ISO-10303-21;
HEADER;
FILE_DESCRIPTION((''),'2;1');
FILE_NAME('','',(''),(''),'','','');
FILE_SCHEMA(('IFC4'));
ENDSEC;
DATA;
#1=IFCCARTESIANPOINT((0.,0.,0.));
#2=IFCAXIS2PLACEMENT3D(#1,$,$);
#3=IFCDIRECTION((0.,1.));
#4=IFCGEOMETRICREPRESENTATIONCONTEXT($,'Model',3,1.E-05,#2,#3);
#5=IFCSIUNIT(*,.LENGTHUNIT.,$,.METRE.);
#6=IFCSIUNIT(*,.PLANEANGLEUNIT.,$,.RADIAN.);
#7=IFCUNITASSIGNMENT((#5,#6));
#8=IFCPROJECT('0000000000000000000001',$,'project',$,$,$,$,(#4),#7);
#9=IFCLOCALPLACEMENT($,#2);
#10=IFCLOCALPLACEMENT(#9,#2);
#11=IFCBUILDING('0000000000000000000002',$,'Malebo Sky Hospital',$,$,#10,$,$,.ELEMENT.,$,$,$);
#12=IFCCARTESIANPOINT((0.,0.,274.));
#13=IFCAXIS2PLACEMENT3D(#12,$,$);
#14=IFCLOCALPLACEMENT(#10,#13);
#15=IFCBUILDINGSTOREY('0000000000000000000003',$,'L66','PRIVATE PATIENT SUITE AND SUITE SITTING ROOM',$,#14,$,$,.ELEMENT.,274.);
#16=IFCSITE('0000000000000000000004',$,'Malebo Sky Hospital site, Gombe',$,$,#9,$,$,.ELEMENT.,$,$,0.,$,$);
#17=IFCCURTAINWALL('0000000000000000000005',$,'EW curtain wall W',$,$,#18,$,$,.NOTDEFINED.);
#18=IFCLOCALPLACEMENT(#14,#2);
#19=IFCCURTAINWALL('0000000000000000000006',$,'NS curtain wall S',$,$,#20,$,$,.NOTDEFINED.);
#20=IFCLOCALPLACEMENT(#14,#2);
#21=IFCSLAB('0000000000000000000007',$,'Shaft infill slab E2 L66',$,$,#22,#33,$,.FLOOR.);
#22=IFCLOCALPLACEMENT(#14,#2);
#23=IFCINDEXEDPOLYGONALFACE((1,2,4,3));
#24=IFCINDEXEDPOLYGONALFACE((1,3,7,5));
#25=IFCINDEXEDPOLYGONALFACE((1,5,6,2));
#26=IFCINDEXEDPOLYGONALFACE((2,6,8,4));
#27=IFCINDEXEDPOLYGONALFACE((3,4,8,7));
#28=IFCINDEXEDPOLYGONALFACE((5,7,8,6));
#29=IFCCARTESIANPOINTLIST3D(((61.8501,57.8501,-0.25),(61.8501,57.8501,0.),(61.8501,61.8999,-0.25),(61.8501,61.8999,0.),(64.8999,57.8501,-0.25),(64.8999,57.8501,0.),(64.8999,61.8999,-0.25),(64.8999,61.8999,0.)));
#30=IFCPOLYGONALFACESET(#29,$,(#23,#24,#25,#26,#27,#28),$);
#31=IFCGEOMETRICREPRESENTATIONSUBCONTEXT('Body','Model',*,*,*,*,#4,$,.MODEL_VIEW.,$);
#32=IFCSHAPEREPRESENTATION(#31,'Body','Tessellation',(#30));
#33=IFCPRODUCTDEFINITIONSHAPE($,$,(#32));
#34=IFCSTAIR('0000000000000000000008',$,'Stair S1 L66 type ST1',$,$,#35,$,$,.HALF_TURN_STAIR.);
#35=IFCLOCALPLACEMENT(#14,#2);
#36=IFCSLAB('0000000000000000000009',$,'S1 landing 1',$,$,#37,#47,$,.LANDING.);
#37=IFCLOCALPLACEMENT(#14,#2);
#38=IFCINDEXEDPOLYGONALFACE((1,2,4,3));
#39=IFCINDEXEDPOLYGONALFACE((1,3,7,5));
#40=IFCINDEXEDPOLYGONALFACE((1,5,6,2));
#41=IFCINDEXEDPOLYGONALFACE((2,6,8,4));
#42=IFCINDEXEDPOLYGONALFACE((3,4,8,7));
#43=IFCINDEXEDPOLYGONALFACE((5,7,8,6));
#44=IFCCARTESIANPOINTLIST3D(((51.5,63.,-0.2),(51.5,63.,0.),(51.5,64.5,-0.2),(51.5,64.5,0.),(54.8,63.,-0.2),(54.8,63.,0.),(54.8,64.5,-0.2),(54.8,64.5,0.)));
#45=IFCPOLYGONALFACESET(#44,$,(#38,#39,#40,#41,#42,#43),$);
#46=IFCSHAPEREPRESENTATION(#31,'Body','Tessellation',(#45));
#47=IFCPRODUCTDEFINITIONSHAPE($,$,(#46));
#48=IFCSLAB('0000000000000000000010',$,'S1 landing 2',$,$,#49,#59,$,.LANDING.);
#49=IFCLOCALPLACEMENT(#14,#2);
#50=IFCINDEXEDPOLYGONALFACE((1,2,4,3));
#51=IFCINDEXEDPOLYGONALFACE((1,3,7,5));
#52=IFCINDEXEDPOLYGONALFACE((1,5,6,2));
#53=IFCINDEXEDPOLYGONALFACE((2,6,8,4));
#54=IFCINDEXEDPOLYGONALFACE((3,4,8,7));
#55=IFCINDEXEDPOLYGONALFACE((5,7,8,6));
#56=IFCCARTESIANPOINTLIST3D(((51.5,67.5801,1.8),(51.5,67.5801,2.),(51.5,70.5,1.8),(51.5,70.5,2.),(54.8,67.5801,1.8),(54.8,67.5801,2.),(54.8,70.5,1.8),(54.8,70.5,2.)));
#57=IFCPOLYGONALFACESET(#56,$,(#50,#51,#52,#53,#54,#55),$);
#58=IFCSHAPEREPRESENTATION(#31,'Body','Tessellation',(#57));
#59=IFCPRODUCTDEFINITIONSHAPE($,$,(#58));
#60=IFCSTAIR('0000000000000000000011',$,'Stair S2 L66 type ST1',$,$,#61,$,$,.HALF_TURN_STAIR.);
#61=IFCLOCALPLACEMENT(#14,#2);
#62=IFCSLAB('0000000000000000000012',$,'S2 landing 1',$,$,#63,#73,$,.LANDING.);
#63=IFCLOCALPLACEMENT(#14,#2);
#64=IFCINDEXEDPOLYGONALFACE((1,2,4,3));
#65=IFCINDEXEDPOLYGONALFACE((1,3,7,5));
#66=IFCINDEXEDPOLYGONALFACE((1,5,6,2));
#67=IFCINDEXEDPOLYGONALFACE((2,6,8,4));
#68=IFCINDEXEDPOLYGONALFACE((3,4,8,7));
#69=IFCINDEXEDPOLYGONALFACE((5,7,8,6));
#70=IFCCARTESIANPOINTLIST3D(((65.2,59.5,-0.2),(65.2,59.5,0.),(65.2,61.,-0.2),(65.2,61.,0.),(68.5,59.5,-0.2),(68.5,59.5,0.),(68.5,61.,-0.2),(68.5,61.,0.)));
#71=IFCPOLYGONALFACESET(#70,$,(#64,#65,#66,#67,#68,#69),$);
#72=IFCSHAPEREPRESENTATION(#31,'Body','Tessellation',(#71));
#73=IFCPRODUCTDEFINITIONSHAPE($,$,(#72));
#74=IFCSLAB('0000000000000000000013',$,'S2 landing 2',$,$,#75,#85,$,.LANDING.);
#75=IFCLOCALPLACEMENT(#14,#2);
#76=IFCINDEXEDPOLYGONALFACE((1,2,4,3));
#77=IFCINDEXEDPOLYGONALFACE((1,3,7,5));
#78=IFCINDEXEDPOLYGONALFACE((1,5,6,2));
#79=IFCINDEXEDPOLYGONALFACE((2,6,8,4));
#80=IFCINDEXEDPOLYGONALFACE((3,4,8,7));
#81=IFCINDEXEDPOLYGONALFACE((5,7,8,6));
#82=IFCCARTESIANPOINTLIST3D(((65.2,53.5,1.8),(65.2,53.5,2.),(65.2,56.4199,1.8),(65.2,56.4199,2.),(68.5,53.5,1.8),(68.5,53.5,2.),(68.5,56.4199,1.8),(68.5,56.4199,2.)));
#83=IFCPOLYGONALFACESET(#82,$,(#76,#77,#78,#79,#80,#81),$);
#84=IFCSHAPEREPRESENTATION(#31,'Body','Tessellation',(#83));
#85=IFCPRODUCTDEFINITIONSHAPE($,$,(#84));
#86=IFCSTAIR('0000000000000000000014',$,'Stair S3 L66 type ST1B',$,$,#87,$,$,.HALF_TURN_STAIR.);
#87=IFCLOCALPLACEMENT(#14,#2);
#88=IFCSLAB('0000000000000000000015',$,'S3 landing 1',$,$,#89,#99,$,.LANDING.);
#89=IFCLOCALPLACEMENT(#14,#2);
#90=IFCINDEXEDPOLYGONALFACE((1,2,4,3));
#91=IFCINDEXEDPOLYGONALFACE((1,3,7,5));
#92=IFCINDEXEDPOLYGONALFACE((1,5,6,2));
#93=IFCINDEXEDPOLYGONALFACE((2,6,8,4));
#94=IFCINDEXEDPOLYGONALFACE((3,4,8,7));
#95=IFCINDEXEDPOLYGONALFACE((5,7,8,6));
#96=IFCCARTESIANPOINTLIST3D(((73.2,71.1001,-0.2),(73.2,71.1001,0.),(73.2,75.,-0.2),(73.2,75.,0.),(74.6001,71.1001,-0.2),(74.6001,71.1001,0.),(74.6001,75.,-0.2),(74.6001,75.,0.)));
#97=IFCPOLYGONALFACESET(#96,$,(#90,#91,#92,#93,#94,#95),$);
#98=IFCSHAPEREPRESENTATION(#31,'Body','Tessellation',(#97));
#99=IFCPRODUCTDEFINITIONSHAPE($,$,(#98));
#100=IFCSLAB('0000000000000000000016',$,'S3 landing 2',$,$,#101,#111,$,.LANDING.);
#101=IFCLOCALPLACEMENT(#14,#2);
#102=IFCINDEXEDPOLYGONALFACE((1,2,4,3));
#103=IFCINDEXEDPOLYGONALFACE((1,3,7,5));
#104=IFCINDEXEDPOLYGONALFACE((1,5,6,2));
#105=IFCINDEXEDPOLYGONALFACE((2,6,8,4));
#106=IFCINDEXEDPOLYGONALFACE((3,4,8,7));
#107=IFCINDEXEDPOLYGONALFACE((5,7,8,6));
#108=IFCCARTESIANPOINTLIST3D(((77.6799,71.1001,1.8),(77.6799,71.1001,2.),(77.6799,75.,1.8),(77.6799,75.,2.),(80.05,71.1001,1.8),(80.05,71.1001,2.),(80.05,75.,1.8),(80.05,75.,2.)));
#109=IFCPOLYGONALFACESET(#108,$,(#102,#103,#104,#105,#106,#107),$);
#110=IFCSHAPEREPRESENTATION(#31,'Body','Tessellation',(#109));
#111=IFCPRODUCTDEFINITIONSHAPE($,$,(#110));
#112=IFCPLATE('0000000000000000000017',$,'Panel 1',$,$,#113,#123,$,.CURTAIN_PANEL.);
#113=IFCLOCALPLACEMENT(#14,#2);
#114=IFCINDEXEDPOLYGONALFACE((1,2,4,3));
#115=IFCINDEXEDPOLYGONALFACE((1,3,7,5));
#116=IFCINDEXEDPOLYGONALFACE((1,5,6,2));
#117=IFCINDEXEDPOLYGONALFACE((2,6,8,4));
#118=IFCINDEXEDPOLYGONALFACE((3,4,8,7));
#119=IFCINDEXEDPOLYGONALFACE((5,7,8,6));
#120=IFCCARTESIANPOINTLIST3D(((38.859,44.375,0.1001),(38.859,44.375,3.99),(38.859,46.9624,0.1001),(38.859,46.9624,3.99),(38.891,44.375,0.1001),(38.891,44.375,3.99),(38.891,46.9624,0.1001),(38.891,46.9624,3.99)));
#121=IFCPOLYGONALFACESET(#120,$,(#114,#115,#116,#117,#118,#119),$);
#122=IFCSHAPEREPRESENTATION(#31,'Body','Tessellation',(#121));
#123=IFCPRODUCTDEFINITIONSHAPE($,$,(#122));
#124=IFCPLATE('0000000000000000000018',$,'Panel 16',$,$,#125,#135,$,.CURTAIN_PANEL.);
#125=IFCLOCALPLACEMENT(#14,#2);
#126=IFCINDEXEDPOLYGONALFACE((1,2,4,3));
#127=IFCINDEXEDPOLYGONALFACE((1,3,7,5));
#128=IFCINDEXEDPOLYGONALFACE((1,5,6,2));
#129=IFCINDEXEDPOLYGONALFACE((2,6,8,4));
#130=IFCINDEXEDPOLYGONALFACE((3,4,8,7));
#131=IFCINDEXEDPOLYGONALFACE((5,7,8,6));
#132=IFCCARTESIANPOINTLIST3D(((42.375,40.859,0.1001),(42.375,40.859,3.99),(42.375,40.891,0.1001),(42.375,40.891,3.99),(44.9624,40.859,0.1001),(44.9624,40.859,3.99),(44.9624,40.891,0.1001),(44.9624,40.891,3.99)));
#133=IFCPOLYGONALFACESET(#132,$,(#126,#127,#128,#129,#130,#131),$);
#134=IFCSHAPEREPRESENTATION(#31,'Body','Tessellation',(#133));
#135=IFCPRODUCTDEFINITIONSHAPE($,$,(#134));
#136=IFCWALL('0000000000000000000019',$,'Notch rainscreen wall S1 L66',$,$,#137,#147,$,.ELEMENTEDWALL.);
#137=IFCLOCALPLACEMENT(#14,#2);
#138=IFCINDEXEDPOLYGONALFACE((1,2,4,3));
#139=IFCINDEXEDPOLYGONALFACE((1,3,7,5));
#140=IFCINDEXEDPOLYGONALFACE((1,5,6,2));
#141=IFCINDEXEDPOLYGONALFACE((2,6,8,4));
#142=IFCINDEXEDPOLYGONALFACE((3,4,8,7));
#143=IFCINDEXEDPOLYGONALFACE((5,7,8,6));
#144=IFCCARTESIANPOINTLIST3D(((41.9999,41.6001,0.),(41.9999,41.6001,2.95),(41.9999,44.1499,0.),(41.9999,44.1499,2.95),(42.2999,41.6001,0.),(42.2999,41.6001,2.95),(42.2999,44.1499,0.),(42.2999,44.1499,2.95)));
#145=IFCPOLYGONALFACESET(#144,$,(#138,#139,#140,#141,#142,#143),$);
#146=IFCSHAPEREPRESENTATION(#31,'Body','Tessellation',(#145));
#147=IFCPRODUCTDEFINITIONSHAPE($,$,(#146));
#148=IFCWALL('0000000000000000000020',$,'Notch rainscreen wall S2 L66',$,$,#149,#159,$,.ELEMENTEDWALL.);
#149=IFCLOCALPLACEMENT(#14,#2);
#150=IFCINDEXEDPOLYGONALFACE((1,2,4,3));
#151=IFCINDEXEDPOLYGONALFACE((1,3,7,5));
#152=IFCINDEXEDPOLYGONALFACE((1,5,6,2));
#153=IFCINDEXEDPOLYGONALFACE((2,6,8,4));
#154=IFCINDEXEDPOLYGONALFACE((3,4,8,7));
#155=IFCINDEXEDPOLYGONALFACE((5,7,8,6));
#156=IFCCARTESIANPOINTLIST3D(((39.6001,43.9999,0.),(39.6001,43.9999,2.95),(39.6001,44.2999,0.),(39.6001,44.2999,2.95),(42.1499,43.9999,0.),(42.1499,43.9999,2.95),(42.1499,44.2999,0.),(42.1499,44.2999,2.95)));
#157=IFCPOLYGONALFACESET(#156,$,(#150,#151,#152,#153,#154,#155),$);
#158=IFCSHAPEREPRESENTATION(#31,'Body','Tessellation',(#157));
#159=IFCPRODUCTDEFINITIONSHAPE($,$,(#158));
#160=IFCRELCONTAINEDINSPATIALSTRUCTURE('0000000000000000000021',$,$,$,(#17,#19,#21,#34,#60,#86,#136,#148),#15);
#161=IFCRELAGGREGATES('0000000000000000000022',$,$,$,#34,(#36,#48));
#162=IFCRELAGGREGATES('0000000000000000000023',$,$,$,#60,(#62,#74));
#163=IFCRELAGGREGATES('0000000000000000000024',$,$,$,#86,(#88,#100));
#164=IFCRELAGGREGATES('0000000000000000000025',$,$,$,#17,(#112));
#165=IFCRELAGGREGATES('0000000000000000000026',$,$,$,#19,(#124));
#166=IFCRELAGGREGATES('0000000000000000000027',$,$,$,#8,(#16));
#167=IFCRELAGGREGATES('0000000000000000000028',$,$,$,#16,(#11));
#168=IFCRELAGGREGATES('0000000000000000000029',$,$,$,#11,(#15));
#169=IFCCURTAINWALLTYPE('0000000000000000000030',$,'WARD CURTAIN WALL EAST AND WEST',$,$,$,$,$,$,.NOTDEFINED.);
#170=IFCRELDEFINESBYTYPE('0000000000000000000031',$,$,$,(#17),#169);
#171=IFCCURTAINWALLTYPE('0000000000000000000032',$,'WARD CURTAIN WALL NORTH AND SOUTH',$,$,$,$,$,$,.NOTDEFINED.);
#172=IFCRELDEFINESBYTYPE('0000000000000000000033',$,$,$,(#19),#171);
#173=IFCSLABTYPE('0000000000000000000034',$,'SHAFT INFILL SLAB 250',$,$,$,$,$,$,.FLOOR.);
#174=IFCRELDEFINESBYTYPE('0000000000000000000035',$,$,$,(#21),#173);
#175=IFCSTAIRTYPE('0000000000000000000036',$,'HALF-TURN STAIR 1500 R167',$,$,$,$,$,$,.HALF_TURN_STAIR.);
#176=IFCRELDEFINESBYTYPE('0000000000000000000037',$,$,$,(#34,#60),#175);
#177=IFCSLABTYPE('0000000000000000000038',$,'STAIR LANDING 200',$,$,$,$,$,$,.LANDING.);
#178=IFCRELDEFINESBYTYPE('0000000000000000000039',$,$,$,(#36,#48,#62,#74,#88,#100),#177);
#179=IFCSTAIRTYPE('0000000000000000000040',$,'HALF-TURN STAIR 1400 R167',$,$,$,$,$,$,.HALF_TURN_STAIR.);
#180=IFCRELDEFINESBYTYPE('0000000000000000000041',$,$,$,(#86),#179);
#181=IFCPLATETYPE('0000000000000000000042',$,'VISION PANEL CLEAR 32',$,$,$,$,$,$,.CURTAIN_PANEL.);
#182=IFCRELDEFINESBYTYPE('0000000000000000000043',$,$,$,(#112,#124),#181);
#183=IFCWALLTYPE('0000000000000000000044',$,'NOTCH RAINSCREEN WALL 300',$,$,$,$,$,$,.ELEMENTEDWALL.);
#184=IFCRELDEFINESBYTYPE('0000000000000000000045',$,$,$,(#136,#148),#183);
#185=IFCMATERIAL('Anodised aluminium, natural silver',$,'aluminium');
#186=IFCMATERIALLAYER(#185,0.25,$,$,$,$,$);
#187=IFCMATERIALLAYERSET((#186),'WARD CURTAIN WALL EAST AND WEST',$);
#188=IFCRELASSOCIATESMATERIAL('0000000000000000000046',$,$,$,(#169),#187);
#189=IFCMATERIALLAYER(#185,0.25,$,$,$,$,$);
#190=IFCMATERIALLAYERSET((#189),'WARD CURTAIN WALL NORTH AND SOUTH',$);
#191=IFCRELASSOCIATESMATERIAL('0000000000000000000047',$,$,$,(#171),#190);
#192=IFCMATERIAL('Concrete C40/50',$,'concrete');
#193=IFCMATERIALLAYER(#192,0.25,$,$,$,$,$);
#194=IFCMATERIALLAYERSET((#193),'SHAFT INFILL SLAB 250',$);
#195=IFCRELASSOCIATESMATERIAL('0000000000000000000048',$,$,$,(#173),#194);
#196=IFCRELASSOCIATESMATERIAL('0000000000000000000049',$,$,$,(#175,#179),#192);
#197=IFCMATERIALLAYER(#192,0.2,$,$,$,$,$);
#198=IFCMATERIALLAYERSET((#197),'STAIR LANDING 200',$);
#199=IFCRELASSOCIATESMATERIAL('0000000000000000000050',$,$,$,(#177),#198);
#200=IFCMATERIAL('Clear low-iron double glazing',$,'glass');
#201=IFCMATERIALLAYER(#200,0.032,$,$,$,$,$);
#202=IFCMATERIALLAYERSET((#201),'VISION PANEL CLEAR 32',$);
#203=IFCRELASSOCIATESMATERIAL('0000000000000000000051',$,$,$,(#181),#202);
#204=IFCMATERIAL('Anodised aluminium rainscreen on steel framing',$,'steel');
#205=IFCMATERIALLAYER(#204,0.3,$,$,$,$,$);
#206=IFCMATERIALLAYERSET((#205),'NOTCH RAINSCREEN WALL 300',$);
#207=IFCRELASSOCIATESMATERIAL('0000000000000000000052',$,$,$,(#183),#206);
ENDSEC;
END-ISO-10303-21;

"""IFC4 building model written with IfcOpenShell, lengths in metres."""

from ifc_helpers import new_model, si_unit, direction, frame, frame_2d, origin, origin_2d, place, context, subcontext, project, spatial, polyline, rectangle, outline, extrude, material, layer, layer_set, type_object, element, aggregate, save


model = new_model("IFC4")

# Units and contexts
model_context = context("Model", 3, precision=1e-05, world=origin(), true_north=direction((0.0, 1.0)))
body_context = subcontext(model_context, "Body", "Model", "MODEL_VIEW")
ifc_project = project(units=[si_unit("LENGTHUNIT", "METRE"), si_unit("PLANEANGLEUNIT", "RADIAN")], contexts=[model_context])

# Site, building, storey
site_placement = place(None, origin())
site = spatial("IfcSite", under=ifc_project, at=site_placement, Name="Malebo Sky Hospital site, Gombe", CompositionType="ELEMENT", RefElevation=0.0)
building_placement = place(site_placement, origin())
building = spatial("IfcBuilding", under=site, at=building_placement, Name="Malebo Sky Hospital", CompositionType="ELEMENT")
storey_placement = place(building_placement, frame((0.0, 0.0, 274.0)))
storey = spatial("IfcBuildingStorey", under=building, at=storey_placement, Name="L66", Description="PRIVATE PATIENT SUITE AND SUITE SITTING ROOM", CompositionType="ELEMENT", Elevation=274.0)

# Curtain wall
ifc_material_1 = material(Name="Anodised aluminium, natural silver", Category="aluminium")
ifc_layer_1 = layer(ifc_material_1, 0.25)
ifc_layer_set_1 = layer_set([ifc_layer_1], Name="WARD CURTAIN WALL EAST AND WEST")
curtain_wall_type_1 = type_object("IfcCurtainWallType", Name="WARD CURTAIN WALL EAST AND WEST", PredefinedType="NOTDEFINED", material=ifc_layer_set_1)
curtain_wall_1_placement = place(storey_placement, origin())
curtain_wall_1 = element("IfcCurtainWall", 1, at=curtain_wall_1_placement, inside=storey, type_object=curtain_wall_type_1, Name="EW curtain wall W", PredefinedType="NOTDEFINED")

# Curtain wall
ifc_layer_2 = layer(ifc_material_1, 0.25)
ifc_layer_set_2 = layer_set([ifc_layer_2], Name="WARD CURTAIN WALL NORTH AND SOUTH")
curtain_wall_type_2 = type_object("IfcCurtainWallType", Name="WARD CURTAIN WALL NORTH AND SOUTH", PredefinedType="NOTDEFINED", material=ifc_layer_set_2)
curtain_wall_2_placement = place(storey_placement, origin())
curtain_wall_2 = element("IfcCurtainWall", 2, at=curtain_wall_2_placement, inside=storey, type_object=curtain_wall_type_2, Name="NS curtain wall S", PredefinedType="NOTDEFINED")

# Slab
ifc_material_2 = material(Name="Concrete C40/50", Category="concrete")
ifc_layer_3 = layer(ifc_material_2, 0.25)
ifc_layer_set_3 = layer_set([ifc_layer_3], Name="SHAFT INFILL SLAB 250")
slab_type_1 = type_object("IfcSlabType", Name="SHAFT INFILL SLAB 250", PredefinedType="FLOOR", material=ifc_layer_set_3)
slab_1_placement = place(storey_placement, frame((0.0, 0.0, -0.25)))
element("IfcSlab", 3, at=slab_1_placement, inside=storey, type_object=slab_type_1, Name="Shaft infill slab E2 L66", PredefinedType="FLOOR", context=body_context, shape_type="SweptSolid", body=[
    extrude(outline(polyline([(61.8501, 57.8501), (64.8999, 57.8501), (64.8999, 61.8999), (61.8501, 61.8999), (61.8501, 57.8501)])), origin(), (0.0, 0.0, 1.0), 0.25),
])

# Stairs, slabs
stair_type_1 = type_object("IfcStairType", Name="HALF-TURN STAIR 1500 R167", PredefinedType="HALF_TURN_STAIR", material=ifc_material_2)
stair_1_placement = place(storey_placement, origin())
stair_1 = element("IfcStair", 4, at=stair_1_placement, inside=storey, type_object=stair_type_1, Name="Stair S1 L66 type ST1", PredefinedType="HALF_TURN_STAIR")
ifc_layer_4 = layer(ifc_material_2, 0.2)
ifc_layer_set_4 = layer_set([ifc_layer_4], Name="STAIR LANDING 200")
slab_type_2 = type_object("IfcSlabType", Name="STAIR LANDING 200", PredefinedType="LANDING", material=ifc_layer_set_4)
slab_2_placement = place(storey_placement, frame((0.0, 0.0, -0.2)))
slab_2 = element("IfcSlab", 5, at=slab_2_placement, type_object=slab_type_2, Name="S1 landing 1", PredefinedType="LANDING", context=body_context, shape_type="SweptSolid", body=[
    extrude(outline(polyline([(51.5, 63.0), (54.8, 63.0), (54.8, 64.5), (51.5, 64.5), (51.5, 63.0)])), origin(), (0.0, 0.0, 1.0), 0.2),
])
slab_3_placement = place(storey_placement, frame((0.0, 0.0, 1.8)))
slab_3 = element("IfcSlab", 6, at=slab_3_placement, type_object=slab_type_2, Name="S1 landing 2", PredefinedType="LANDING", context=body_context, shape_type="SweptSolid", body=[
    extrude(outline(polyline([(51.5, 67.5801), (54.8, 67.5801), (54.8, 70.5), (51.5, 70.5), (51.5, 67.5801)])), origin(), (0.0, 0.0, 1.0), 0.2),
])
aggregate(stair_1, [slab_2, slab_3])
stair_2_placement = place(storey_placement, origin())
stair_2 = element("IfcStair", 7, at=stair_2_placement, inside=storey, type_object=stair_type_1, Name="Stair S2 L66 type ST1", PredefinedType="HALF_TURN_STAIR")
slab_4_placement = place(storey_placement, frame((0.0, 0.0, -0.2)))
slab_4 = element("IfcSlab", 8, at=slab_4_placement, type_object=slab_type_2, Name="S2 landing 1", PredefinedType="LANDING", context=body_context, shape_type="SweptSolid", body=[
    extrude(outline(polyline([(65.2, 59.5), (68.5, 59.5), (68.5, 61.0), (65.2, 61.0), (65.2, 59.5)])), origin(), (0.0, 0.0, 1.0), 0.2),
])
slab_5_placement = place(storey_placement, frame((0.0, 0.0, 1.8)))
slab_5 = element("IfcSlab", 9, at=slab_5_placement, type_object=slab_type_2, Name="S2 landing 2", PredefinedType="LANDING", context=body_context, shape_type="SweptSolid", body=[
    extrude(outline(polyline([(65.2, 53.5), (68.5, 53.5), (68.5, 56.4199), (65.2, 56.4199), (65.2, 53.5)])), origin(), (0.0, 0.0, 1.0), 0.2),
])
aggregate(stair_2, [slab_4, slab_5])
stair_type_2 = type_object("IfcStairType", Name="HALF-TURN STAIR 1400 R167", PredefinedType="HALF_TURN_STAIR", material=ifc_material_2)
stair_3_placement = place(storey_placement, origin())
stair_3 = element("IfcStair", 10, at=stair_3_placement, inside=storey, type_object=stair_type_2, Name="Stair S3 L66 type ST1B", PredefinedType="HALF_TURN_STAIR")
slab_6_placement = place(storey_placement, frame((0.0, 0.0, -0.2)))
slab_6 = element("IfcSlab", 11, at=slab_6_placement, type_object=slab_type_2, Name="S3 landing 1", PredefinedType="LANDING", context=body_context, shape_type="SweptSolid", body=[
    extrude(outline(polyline([(73.2, 71.1001), (73.2, 75.0), (74.6001, 75.0), (74.6001, 71.1001), (73.2, 71.1001)])), origin(), (0.0, 0.0, 1.0), 0.2),
])
slab_7_placement = place(storey_placement, frame((0.0, 0.0, 1.8)))
slab_7 = element("IfcSlab", 12, at=slab_7_placement, type_object=slab_type_2, Name="S3 landing 2", PredefinedType="LANDING", context=body_context, shape_type="SweptSolid", body=[
    extrude(outline(polyline([(77.6799, 71.1001), (77.6799, 75.0), (80.05, 75.0), (80.05, 71.1001), (77.6799, 71.1001)])), origin(), (0.0, 0.0, 1.0), 0.2),
])
aggregate(stair_3, [slab_6, slab_7])

# Plates
ifc_material_3 = material(Name="Clear low-iron double glazing", Category="glass")
ifc_layer_5 = layer(ifc_material_3, 0.032)
ifc_layer_set_5 = layer_set([ifc_layer_5], Name="VISION PANEL CLEAR 32")
plate_type = type_object("IfcPlateType", Name="VISION PANEL CLEAR 32", PredefinedType="CURTAIN_PANEL", material=ifc_layer_set_5)
plate_1_placement = place(storey_placement, frame((38.875, 45.6687, 0.1001), z_axis=(0.0, 0.0, 1.0), x_axis=(0.0, 1.0, 0.0)))
plate_1 = element("IfcPlate", 13, at=plate_1_placement, type_object=plate_type, Name="Panel 1", PredefinedType="CURTAIN_PANEL", context=body_context, shape_type="SweptSolid", body=[
    extrude(rectangle(XDim=2.5874, YDim=0.032, at=origin_2d()), origin(), (0.0, 0.0, 1.0), 3.8899),
])
aggregate(curtain_wall_1, [plate_1])
plate_2_placement = place(storey_placement, frame((43.6687, 40.875, 0.1001), z_axis=(0.0, 0.0, 1.0), x_axis=(-1.0, 0.0, 0.0)))
plate_2 = element("IfcPlate", 14, at=plate_2_placement, type_object=plate_type, Name="Panel 16", PredefinedType="CURTAIN_PANEL", context=body_context, shape_type="SweptSolid", body=[
    extrude(rectangle(XDim=2.5874, YDim=0.032, at=origin_2d()), origin(), (0.0, 0.0, 1.0), 3.8899),
])
aggregate(curtain_wall_2, [plate_2])

# Walls
ifc_material_4 = material(Name="Anodised aluminium rainscreen on steel framing", Category="steel")
ifc_layer_6 = layer(ifc_material_4, 0.3)
ifc_layer_set_6 = layer_set([ifc_layer_6], Name="NOTCH RAINSCREEN WALL 300")
wall_type = type_object("IfcWallType", Name="NOTCH RAINSCREEN WALL 300", PredefinedType="ELEMENTEDWALL", material=ifc_layer_set_6)
for number, where, z_axis, x_axis, name in (
    (15, (42.1499, 41.6001, 0.0), (0.0, 0.0, 1.0), (0.0, 1.0, 0.0), "Notch rainscreen wall S1 L66"),
    (16, (42.1499, 44.1499, 0.0), (0.0, 0.0, 1.0), (-1.0, 0.0, 0.0), "Notch rainscreen wall S2 L66"),
):
    element("IfcWall", number, at=place(storey_placement, frame(where, z_axis=z_axis, x_axis=x_axis)), inside=storey, type_object=wall_type, Name=name, PredefinedType="ELEMENTEDWALL", context=body_context, shape_type="SweptSolid", body=[
        extrude(rectangle(XDim=2.5498, YDim=0.3, at=frame_2d((1.2749, 0.0))), origin(), (0.0, 0.0, 1.0), 2.95),
    ])

save(model, "model.ifc")
